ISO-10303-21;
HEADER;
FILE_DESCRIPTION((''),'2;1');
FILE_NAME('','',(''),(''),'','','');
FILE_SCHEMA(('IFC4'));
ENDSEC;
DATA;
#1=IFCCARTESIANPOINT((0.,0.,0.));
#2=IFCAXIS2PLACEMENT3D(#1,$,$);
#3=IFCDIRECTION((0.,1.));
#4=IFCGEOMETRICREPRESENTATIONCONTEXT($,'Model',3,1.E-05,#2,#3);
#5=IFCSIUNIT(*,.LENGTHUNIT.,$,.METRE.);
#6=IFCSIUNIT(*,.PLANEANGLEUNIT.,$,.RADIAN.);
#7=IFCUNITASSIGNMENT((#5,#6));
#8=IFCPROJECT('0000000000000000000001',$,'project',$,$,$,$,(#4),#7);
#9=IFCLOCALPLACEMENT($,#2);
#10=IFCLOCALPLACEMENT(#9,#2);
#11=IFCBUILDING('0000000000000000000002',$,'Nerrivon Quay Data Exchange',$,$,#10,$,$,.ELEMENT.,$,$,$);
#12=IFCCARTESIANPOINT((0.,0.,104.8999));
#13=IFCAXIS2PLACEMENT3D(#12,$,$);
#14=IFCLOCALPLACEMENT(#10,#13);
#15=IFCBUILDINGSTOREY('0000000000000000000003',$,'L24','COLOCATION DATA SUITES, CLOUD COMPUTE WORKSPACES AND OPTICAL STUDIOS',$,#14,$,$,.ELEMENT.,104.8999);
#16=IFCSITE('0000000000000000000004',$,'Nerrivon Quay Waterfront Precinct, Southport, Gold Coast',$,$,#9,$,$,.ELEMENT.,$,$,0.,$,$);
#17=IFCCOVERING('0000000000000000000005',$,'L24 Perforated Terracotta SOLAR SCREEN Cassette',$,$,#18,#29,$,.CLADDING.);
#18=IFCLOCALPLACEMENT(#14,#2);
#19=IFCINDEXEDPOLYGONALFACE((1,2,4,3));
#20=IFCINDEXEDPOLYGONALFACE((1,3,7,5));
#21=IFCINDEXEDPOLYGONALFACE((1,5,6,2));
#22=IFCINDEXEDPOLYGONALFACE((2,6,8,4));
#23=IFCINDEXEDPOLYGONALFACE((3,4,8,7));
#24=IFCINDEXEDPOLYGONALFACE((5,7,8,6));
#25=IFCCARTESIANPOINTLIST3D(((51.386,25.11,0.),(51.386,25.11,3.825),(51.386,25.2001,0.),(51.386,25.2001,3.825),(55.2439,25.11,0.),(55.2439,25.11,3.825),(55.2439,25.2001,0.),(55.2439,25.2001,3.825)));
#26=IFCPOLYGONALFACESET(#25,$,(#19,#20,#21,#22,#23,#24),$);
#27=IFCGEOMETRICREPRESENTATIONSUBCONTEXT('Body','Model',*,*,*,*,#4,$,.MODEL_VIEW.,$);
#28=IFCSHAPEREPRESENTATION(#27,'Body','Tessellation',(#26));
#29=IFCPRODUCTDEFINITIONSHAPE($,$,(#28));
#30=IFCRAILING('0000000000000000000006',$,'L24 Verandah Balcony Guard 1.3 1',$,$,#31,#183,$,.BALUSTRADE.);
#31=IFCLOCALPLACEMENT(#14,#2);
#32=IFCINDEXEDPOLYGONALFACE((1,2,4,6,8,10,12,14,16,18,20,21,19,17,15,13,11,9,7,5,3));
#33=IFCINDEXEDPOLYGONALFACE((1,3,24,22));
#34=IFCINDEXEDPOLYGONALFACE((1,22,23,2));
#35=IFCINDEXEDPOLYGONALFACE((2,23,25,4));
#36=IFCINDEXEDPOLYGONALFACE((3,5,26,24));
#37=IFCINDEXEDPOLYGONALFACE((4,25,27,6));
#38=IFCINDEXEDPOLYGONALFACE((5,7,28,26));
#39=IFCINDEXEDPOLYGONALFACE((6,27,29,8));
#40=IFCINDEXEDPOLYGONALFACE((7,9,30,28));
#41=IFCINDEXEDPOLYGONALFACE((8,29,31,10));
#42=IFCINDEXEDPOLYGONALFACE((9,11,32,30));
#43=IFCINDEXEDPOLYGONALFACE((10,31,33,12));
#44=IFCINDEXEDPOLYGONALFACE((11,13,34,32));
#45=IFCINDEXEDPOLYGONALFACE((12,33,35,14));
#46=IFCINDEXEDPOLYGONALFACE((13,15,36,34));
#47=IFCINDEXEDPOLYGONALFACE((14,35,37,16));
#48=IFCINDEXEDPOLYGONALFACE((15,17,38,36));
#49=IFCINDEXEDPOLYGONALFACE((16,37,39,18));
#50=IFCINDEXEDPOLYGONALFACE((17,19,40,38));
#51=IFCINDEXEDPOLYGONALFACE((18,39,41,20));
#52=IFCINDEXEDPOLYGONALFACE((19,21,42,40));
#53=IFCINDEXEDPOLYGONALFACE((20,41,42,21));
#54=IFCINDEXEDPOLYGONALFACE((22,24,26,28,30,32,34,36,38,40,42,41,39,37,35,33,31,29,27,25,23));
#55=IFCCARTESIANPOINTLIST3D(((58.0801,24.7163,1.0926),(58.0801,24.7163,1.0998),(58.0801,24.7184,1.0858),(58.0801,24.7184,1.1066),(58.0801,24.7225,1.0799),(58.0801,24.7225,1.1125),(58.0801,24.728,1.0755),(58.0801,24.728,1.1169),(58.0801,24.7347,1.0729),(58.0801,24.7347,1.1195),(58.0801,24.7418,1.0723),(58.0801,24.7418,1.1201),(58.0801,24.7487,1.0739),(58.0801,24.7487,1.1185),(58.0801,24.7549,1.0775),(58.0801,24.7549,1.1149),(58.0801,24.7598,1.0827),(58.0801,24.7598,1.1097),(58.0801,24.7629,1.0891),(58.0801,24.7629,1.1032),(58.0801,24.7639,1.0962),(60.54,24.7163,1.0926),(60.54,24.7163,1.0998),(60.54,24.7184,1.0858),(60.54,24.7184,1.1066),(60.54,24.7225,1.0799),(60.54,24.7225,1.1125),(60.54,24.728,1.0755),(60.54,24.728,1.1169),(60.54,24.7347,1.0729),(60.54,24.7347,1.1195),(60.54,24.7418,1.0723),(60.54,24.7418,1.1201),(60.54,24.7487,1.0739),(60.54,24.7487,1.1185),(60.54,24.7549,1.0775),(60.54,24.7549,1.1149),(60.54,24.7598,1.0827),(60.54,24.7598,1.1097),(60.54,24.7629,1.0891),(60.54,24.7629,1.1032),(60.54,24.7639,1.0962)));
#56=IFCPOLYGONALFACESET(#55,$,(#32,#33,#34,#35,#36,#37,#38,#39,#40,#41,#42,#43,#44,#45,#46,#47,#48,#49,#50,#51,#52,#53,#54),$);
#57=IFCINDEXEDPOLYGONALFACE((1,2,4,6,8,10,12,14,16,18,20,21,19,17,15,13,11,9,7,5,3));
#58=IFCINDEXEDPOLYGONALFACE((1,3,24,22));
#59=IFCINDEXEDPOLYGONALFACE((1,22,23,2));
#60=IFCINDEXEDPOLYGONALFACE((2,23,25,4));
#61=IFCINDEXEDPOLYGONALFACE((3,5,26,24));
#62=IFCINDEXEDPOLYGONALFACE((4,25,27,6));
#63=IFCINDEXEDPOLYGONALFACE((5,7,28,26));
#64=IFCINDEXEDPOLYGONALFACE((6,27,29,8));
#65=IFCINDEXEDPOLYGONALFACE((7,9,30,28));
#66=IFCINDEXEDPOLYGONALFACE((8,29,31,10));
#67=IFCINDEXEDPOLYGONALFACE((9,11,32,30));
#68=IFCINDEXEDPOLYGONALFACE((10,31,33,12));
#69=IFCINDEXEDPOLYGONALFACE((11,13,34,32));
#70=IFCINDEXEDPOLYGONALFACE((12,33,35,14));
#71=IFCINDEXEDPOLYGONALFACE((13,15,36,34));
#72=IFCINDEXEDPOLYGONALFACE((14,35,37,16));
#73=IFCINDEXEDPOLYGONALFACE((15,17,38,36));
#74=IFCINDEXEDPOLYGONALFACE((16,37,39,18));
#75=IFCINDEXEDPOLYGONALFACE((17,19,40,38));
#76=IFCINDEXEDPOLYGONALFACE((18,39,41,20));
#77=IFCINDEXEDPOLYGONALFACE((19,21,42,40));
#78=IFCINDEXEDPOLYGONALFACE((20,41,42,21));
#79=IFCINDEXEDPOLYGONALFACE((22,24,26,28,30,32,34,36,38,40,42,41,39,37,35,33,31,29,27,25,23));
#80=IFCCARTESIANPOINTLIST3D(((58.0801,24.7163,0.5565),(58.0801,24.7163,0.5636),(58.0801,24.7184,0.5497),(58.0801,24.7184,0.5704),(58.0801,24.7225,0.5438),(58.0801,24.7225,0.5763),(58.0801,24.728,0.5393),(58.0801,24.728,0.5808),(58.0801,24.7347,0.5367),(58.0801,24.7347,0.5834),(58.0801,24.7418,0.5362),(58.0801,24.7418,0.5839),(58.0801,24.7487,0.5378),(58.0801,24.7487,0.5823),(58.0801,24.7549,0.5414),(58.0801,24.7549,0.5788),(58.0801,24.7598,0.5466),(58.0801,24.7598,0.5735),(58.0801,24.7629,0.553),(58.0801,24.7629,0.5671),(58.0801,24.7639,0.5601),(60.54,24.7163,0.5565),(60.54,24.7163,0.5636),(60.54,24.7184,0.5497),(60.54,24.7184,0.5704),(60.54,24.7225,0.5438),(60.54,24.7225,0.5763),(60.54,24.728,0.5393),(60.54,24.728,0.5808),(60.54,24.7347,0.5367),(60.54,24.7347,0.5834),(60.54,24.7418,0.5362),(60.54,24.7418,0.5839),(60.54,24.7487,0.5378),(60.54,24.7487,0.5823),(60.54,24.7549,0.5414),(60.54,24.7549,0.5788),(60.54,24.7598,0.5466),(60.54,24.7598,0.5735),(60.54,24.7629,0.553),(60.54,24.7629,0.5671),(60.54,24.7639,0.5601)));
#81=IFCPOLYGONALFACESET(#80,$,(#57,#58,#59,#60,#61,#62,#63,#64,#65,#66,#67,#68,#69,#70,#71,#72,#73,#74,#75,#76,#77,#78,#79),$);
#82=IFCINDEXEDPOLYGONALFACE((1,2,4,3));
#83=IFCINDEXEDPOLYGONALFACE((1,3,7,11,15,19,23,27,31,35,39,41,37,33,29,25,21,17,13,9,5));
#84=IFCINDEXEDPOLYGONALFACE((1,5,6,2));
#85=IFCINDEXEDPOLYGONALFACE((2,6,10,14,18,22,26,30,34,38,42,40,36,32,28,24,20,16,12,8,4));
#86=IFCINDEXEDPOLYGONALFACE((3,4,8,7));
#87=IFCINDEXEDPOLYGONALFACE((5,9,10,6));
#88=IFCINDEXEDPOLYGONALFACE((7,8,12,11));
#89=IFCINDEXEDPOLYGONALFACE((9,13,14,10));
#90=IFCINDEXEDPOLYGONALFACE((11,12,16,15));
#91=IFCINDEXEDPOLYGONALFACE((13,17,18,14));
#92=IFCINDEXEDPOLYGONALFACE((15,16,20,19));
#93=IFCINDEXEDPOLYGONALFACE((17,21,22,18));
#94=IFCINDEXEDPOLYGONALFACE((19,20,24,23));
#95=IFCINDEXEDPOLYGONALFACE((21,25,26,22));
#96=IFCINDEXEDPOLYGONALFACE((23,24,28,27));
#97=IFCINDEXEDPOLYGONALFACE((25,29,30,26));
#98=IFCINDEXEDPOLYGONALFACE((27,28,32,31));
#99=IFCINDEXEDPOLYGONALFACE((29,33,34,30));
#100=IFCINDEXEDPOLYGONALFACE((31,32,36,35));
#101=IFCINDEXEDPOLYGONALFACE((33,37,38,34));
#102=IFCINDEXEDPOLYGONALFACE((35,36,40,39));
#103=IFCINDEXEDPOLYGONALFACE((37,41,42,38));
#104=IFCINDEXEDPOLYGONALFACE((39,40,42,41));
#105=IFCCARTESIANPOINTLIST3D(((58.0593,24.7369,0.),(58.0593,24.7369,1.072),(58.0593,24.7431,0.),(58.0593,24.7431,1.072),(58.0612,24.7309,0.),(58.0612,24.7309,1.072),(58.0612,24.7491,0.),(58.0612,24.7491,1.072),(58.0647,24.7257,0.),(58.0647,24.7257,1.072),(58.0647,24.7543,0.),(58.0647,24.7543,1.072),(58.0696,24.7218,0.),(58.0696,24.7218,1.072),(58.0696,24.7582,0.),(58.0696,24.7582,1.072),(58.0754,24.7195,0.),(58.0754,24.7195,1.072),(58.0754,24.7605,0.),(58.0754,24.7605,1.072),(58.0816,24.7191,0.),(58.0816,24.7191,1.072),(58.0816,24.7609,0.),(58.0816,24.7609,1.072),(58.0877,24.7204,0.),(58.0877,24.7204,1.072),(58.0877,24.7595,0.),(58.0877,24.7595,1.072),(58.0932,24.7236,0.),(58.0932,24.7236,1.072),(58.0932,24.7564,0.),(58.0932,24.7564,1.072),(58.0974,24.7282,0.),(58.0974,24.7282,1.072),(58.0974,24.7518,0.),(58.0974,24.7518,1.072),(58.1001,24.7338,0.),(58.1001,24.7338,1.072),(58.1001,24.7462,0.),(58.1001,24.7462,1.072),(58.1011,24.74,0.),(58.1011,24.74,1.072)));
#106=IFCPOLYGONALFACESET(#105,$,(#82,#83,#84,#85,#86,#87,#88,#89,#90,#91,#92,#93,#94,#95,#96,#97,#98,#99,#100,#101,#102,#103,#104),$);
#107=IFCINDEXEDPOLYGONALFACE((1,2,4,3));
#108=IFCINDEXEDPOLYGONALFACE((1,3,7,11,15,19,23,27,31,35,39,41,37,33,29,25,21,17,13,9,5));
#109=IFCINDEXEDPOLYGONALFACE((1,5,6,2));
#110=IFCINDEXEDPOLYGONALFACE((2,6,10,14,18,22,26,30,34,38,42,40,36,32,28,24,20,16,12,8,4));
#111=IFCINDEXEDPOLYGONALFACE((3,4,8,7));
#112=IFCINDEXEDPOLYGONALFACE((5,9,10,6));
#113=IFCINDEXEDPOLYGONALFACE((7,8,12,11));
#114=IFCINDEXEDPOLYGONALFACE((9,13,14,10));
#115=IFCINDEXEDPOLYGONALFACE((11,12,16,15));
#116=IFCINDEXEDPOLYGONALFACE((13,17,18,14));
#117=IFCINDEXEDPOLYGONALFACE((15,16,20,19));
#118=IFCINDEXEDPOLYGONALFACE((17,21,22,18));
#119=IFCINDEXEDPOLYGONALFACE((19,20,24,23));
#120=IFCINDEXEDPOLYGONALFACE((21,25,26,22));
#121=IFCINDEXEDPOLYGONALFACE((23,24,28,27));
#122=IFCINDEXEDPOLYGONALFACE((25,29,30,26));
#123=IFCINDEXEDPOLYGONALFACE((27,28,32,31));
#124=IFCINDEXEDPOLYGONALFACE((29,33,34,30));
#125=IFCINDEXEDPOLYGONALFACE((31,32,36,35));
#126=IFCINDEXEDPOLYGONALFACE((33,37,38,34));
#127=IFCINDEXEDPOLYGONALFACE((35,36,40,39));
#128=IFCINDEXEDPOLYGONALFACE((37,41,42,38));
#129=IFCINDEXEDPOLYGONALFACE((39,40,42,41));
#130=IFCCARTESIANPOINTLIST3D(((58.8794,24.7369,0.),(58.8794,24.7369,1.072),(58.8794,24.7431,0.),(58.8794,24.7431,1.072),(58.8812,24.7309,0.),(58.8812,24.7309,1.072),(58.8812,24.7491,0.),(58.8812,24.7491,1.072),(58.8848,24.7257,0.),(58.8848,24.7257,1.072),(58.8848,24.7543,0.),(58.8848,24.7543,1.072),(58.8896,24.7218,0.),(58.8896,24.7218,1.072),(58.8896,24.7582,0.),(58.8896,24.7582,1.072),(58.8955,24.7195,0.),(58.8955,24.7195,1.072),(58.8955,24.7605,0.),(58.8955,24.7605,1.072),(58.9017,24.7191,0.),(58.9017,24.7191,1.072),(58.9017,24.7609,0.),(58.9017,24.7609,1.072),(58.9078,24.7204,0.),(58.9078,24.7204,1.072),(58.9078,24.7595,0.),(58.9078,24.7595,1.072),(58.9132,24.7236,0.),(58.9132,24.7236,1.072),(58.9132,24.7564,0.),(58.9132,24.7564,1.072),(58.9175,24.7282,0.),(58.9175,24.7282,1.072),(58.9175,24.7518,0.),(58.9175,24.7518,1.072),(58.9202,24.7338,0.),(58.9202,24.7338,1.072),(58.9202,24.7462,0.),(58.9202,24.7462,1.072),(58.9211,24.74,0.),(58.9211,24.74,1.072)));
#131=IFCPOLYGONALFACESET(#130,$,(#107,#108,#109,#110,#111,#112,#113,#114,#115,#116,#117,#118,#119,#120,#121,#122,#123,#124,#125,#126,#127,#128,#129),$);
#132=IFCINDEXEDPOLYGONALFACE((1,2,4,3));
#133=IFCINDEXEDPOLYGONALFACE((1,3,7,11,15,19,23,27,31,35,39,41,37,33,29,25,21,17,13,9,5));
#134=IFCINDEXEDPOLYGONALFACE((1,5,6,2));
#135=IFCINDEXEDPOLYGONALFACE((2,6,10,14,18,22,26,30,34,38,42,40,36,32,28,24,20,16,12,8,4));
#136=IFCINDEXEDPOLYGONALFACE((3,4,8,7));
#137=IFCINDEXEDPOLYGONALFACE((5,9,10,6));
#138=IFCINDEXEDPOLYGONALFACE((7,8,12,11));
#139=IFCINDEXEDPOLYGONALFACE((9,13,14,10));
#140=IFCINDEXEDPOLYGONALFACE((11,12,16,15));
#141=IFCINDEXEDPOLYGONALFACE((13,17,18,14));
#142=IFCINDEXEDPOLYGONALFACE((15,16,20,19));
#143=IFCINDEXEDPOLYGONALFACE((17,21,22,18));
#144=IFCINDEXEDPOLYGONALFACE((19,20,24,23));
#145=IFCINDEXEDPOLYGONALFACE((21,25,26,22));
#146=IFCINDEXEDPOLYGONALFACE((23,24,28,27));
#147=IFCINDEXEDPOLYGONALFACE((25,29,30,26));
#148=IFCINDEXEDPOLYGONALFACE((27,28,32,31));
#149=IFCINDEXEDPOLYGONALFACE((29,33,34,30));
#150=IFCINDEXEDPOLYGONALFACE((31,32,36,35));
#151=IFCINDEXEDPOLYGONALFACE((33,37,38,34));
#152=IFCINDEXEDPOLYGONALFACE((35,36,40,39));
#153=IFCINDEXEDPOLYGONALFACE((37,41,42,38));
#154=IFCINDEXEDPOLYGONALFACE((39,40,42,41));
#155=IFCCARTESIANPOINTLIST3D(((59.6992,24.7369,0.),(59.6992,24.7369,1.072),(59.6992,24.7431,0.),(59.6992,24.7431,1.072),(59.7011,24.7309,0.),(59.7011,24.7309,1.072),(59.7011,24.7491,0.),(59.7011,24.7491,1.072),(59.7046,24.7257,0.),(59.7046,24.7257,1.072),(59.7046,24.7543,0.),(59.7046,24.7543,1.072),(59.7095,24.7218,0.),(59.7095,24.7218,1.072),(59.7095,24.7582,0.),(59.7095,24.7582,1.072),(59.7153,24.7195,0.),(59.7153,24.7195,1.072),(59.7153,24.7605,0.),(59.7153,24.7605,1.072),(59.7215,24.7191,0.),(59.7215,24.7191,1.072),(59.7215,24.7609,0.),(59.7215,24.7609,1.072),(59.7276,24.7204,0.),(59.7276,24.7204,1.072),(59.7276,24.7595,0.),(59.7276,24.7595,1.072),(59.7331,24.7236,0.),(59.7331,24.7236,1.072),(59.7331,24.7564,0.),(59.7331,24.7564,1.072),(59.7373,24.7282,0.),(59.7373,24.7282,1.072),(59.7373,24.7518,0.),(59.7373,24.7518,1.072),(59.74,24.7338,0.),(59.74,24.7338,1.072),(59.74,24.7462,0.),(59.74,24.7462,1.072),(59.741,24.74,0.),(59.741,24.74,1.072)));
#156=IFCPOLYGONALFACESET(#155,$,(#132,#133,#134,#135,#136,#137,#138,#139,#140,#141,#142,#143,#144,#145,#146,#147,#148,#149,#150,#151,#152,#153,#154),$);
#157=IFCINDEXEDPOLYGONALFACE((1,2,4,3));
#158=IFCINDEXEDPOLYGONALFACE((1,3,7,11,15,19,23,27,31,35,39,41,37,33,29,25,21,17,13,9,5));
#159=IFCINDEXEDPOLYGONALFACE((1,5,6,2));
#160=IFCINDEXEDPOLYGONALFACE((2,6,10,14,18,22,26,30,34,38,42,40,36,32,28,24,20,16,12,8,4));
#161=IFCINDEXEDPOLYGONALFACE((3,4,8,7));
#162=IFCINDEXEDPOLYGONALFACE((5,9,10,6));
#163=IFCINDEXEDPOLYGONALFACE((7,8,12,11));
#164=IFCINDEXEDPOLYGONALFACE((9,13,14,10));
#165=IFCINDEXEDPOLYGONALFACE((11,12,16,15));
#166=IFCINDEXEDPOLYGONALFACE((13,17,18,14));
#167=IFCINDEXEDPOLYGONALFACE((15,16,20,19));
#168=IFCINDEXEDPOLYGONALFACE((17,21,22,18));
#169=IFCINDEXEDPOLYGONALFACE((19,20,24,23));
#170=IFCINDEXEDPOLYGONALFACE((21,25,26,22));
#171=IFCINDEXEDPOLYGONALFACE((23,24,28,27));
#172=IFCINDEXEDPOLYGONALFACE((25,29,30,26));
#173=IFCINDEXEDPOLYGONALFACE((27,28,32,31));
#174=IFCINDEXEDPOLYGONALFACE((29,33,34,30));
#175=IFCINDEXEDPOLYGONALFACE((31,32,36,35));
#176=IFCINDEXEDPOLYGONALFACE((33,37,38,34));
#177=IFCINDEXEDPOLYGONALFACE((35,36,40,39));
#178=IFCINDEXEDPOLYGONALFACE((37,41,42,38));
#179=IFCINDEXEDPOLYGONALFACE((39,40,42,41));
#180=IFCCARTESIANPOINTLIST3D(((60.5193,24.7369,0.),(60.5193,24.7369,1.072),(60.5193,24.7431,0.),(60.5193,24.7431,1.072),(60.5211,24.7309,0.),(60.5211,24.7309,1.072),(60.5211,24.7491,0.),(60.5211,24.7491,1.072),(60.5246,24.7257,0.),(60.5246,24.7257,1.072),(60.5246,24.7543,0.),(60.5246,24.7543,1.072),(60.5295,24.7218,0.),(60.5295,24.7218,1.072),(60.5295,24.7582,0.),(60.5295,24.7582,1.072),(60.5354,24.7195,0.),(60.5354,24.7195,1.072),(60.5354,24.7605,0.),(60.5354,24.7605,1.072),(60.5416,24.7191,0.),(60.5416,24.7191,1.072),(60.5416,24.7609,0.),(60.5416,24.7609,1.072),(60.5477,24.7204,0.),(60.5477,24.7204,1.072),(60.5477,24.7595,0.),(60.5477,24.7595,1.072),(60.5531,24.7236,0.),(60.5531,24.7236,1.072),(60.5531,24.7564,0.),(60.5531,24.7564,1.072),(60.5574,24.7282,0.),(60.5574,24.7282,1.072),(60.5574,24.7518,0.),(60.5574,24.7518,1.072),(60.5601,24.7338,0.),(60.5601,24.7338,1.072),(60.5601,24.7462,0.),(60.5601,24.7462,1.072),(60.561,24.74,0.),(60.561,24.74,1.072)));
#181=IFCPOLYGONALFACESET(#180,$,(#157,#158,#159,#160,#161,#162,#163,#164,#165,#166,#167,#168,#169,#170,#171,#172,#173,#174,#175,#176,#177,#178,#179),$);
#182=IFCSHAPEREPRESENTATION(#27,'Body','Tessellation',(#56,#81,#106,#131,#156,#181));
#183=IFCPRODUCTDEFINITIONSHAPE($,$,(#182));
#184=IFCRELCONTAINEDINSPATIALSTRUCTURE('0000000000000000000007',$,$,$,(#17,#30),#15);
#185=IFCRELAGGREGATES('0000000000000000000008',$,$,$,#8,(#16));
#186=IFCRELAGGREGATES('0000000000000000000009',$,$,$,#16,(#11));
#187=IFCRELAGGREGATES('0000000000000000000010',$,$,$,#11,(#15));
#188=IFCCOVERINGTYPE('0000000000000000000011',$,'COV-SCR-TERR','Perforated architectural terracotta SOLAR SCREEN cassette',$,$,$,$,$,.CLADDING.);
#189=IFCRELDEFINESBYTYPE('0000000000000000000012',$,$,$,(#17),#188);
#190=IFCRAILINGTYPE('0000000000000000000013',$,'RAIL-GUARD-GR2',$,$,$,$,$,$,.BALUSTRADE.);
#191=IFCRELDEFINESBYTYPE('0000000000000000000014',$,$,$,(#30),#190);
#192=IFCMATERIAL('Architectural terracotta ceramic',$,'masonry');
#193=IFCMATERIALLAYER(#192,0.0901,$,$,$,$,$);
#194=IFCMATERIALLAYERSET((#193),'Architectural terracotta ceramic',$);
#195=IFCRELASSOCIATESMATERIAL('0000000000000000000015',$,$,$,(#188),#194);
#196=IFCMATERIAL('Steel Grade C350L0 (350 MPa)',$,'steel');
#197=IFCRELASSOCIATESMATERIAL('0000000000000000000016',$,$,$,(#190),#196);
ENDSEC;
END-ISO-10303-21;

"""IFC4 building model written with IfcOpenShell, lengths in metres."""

from ifc_helpers import new_model, si_unit, direction, frame, origin, origin_2d, place, context, subcontext, project, spatial, rectangle, circle, extrude, material, layer, layer_set, type_object, element, save


model = new_model("IFC4")

# Units and contexts
model_context = context("Model", 3, precision=1e-05, world=origin(), true_north=direction((0.0, 1.0)))
body_context = subcontext(model_context, "Body", "Model", "MODEL_VIEW")
ifc_project = project(units=[si_unit("LENGTHUNIT", "METRE"), si_unit("PLANEANGLEUNIT", "RADIAN")], contexts=[model_context])

# Site, building, storey
site_placement = place(None, origin())
site = spatial("IfcSite", under=ifc_project, at=site_placement, Name="Nerrivon Quay Waterfront Precinct, Southport, Gold Coast", CompositionType="ELEMENT", RefElevation=0.0)
building_placement = place(site_placement, origin())
building = spatial("IfcBuilding", under=site, at=building_placement, Name="Nerrivon Quay Data Exchange", CompositionType="ELEMENT")
storey_placement = place(building_placement, frame((0.0, 0.0, 104.8999)))
storey = spatial("IfcBuildingStorey", under=building, at=storey_placement, Name="L24", Description="COLOCATION DATA SUITES, CLOUD COMPUTE WORKSPACES AND OPTICAL STUDIOS", CompositionType="ELEMENT", Elevation=104.8999)

# Covering
ifc_material_1 = material(Name="Architectural terracotta ceramic", Category="masonry")
ifc_layer_1 = layer(ifc_material_1, 0.0901)
ifc_layer_set_1 = layer_set([ifc_layer_1], Name="Architectural terracotta ceramic")
covering_type = type_object("IfcCoveringType", Name="COV-SCR-TERR", Description="Perforated architectural terracotta SOLAR SCREEN cassette", PredefinedType="CLADDING", material=ifc_layer_set_1)
covering_1_placement = place(storey_placement, frame((53.3149, 25.155, 0.0), z_axis=(0.0, 0.0, 1.0), x_axis=(1.0, 0.0, 0.0)))
element("IfcCovering", 1, at=covering_1_placement, inside=storey, type_object=covering_type, Name="L24 Perforated Terracotta SOLAR SCREEN Cassette", PredefinedType="CLADDING", context=body_context, shape_type="SweptSolid", body=[
    extrude(rectangle(XDim=3.8579, YDim=0.0901, at=origin_2d()), origin(), (0.0, 0.0, 1.0), 3.825),
])

# Railing
ifc_material_2 = material(Name="Steel Grade C350L0 (350 MPa)", Category="steel")
railing_type = type_object("IfcRailingType", Name="RAIL-GUARD-GR2", PredefinedType="BALUSTRADE", material=ifc_material_2)
railing_1_placement = place(storey_placement, frame((58.0801, 24.74, 0.0)))
element("IfcRailing", 2, at=railing_1_placement, inside=storey, type_object=railing_type, Name="L24 Verandah Balcony Guard 1.3 1", PredefinedType="BALUSTRADE", context=body_context, shape_type="SweptSolid", body=[
    extrude(circle(Radius=0.0239, at=origin_2d()), frame((0.0, 0.0, 1.0962), z_axis=(1.0, 0.0, 0.0), x_axis=(0.0, 1.0, 0.0)), (0.0, 0.0, 1.0), 2.46),
    extrude(circle(Radius=0.0239, at=origin_2d()), frame((0.0, 0.0, 0.5601), z_axis=(1.0, 0.0, 0.0), x_axis=(0.0, 1.0, 0.0)), (0.0, 0.0, 1.0), 2.46),
    extrude(circle(Radius=0.021, at=origin_2d()), origin(), (0.0, 0.0, 1.0), 1.072),
    extrude(circle(Radius=0.021, at=origin_2d()), frame((0.8201, 0.0, 0.0)), (0.0, 0.0, 1.0), 1.072),
    extrude(circle(Radius=0.021, at=origin_2d()), frame((1.6399, 0.0, 0.0)), (0.0, 0.0, 1.0), 1.072),
    extrude(circle(Radius=0.021, at=origin_2d()), frame((2.46, 0.0, 0.0)), (0.0, 0.0, 1.0), 1.072),
])

save(model, "model.ifc")
